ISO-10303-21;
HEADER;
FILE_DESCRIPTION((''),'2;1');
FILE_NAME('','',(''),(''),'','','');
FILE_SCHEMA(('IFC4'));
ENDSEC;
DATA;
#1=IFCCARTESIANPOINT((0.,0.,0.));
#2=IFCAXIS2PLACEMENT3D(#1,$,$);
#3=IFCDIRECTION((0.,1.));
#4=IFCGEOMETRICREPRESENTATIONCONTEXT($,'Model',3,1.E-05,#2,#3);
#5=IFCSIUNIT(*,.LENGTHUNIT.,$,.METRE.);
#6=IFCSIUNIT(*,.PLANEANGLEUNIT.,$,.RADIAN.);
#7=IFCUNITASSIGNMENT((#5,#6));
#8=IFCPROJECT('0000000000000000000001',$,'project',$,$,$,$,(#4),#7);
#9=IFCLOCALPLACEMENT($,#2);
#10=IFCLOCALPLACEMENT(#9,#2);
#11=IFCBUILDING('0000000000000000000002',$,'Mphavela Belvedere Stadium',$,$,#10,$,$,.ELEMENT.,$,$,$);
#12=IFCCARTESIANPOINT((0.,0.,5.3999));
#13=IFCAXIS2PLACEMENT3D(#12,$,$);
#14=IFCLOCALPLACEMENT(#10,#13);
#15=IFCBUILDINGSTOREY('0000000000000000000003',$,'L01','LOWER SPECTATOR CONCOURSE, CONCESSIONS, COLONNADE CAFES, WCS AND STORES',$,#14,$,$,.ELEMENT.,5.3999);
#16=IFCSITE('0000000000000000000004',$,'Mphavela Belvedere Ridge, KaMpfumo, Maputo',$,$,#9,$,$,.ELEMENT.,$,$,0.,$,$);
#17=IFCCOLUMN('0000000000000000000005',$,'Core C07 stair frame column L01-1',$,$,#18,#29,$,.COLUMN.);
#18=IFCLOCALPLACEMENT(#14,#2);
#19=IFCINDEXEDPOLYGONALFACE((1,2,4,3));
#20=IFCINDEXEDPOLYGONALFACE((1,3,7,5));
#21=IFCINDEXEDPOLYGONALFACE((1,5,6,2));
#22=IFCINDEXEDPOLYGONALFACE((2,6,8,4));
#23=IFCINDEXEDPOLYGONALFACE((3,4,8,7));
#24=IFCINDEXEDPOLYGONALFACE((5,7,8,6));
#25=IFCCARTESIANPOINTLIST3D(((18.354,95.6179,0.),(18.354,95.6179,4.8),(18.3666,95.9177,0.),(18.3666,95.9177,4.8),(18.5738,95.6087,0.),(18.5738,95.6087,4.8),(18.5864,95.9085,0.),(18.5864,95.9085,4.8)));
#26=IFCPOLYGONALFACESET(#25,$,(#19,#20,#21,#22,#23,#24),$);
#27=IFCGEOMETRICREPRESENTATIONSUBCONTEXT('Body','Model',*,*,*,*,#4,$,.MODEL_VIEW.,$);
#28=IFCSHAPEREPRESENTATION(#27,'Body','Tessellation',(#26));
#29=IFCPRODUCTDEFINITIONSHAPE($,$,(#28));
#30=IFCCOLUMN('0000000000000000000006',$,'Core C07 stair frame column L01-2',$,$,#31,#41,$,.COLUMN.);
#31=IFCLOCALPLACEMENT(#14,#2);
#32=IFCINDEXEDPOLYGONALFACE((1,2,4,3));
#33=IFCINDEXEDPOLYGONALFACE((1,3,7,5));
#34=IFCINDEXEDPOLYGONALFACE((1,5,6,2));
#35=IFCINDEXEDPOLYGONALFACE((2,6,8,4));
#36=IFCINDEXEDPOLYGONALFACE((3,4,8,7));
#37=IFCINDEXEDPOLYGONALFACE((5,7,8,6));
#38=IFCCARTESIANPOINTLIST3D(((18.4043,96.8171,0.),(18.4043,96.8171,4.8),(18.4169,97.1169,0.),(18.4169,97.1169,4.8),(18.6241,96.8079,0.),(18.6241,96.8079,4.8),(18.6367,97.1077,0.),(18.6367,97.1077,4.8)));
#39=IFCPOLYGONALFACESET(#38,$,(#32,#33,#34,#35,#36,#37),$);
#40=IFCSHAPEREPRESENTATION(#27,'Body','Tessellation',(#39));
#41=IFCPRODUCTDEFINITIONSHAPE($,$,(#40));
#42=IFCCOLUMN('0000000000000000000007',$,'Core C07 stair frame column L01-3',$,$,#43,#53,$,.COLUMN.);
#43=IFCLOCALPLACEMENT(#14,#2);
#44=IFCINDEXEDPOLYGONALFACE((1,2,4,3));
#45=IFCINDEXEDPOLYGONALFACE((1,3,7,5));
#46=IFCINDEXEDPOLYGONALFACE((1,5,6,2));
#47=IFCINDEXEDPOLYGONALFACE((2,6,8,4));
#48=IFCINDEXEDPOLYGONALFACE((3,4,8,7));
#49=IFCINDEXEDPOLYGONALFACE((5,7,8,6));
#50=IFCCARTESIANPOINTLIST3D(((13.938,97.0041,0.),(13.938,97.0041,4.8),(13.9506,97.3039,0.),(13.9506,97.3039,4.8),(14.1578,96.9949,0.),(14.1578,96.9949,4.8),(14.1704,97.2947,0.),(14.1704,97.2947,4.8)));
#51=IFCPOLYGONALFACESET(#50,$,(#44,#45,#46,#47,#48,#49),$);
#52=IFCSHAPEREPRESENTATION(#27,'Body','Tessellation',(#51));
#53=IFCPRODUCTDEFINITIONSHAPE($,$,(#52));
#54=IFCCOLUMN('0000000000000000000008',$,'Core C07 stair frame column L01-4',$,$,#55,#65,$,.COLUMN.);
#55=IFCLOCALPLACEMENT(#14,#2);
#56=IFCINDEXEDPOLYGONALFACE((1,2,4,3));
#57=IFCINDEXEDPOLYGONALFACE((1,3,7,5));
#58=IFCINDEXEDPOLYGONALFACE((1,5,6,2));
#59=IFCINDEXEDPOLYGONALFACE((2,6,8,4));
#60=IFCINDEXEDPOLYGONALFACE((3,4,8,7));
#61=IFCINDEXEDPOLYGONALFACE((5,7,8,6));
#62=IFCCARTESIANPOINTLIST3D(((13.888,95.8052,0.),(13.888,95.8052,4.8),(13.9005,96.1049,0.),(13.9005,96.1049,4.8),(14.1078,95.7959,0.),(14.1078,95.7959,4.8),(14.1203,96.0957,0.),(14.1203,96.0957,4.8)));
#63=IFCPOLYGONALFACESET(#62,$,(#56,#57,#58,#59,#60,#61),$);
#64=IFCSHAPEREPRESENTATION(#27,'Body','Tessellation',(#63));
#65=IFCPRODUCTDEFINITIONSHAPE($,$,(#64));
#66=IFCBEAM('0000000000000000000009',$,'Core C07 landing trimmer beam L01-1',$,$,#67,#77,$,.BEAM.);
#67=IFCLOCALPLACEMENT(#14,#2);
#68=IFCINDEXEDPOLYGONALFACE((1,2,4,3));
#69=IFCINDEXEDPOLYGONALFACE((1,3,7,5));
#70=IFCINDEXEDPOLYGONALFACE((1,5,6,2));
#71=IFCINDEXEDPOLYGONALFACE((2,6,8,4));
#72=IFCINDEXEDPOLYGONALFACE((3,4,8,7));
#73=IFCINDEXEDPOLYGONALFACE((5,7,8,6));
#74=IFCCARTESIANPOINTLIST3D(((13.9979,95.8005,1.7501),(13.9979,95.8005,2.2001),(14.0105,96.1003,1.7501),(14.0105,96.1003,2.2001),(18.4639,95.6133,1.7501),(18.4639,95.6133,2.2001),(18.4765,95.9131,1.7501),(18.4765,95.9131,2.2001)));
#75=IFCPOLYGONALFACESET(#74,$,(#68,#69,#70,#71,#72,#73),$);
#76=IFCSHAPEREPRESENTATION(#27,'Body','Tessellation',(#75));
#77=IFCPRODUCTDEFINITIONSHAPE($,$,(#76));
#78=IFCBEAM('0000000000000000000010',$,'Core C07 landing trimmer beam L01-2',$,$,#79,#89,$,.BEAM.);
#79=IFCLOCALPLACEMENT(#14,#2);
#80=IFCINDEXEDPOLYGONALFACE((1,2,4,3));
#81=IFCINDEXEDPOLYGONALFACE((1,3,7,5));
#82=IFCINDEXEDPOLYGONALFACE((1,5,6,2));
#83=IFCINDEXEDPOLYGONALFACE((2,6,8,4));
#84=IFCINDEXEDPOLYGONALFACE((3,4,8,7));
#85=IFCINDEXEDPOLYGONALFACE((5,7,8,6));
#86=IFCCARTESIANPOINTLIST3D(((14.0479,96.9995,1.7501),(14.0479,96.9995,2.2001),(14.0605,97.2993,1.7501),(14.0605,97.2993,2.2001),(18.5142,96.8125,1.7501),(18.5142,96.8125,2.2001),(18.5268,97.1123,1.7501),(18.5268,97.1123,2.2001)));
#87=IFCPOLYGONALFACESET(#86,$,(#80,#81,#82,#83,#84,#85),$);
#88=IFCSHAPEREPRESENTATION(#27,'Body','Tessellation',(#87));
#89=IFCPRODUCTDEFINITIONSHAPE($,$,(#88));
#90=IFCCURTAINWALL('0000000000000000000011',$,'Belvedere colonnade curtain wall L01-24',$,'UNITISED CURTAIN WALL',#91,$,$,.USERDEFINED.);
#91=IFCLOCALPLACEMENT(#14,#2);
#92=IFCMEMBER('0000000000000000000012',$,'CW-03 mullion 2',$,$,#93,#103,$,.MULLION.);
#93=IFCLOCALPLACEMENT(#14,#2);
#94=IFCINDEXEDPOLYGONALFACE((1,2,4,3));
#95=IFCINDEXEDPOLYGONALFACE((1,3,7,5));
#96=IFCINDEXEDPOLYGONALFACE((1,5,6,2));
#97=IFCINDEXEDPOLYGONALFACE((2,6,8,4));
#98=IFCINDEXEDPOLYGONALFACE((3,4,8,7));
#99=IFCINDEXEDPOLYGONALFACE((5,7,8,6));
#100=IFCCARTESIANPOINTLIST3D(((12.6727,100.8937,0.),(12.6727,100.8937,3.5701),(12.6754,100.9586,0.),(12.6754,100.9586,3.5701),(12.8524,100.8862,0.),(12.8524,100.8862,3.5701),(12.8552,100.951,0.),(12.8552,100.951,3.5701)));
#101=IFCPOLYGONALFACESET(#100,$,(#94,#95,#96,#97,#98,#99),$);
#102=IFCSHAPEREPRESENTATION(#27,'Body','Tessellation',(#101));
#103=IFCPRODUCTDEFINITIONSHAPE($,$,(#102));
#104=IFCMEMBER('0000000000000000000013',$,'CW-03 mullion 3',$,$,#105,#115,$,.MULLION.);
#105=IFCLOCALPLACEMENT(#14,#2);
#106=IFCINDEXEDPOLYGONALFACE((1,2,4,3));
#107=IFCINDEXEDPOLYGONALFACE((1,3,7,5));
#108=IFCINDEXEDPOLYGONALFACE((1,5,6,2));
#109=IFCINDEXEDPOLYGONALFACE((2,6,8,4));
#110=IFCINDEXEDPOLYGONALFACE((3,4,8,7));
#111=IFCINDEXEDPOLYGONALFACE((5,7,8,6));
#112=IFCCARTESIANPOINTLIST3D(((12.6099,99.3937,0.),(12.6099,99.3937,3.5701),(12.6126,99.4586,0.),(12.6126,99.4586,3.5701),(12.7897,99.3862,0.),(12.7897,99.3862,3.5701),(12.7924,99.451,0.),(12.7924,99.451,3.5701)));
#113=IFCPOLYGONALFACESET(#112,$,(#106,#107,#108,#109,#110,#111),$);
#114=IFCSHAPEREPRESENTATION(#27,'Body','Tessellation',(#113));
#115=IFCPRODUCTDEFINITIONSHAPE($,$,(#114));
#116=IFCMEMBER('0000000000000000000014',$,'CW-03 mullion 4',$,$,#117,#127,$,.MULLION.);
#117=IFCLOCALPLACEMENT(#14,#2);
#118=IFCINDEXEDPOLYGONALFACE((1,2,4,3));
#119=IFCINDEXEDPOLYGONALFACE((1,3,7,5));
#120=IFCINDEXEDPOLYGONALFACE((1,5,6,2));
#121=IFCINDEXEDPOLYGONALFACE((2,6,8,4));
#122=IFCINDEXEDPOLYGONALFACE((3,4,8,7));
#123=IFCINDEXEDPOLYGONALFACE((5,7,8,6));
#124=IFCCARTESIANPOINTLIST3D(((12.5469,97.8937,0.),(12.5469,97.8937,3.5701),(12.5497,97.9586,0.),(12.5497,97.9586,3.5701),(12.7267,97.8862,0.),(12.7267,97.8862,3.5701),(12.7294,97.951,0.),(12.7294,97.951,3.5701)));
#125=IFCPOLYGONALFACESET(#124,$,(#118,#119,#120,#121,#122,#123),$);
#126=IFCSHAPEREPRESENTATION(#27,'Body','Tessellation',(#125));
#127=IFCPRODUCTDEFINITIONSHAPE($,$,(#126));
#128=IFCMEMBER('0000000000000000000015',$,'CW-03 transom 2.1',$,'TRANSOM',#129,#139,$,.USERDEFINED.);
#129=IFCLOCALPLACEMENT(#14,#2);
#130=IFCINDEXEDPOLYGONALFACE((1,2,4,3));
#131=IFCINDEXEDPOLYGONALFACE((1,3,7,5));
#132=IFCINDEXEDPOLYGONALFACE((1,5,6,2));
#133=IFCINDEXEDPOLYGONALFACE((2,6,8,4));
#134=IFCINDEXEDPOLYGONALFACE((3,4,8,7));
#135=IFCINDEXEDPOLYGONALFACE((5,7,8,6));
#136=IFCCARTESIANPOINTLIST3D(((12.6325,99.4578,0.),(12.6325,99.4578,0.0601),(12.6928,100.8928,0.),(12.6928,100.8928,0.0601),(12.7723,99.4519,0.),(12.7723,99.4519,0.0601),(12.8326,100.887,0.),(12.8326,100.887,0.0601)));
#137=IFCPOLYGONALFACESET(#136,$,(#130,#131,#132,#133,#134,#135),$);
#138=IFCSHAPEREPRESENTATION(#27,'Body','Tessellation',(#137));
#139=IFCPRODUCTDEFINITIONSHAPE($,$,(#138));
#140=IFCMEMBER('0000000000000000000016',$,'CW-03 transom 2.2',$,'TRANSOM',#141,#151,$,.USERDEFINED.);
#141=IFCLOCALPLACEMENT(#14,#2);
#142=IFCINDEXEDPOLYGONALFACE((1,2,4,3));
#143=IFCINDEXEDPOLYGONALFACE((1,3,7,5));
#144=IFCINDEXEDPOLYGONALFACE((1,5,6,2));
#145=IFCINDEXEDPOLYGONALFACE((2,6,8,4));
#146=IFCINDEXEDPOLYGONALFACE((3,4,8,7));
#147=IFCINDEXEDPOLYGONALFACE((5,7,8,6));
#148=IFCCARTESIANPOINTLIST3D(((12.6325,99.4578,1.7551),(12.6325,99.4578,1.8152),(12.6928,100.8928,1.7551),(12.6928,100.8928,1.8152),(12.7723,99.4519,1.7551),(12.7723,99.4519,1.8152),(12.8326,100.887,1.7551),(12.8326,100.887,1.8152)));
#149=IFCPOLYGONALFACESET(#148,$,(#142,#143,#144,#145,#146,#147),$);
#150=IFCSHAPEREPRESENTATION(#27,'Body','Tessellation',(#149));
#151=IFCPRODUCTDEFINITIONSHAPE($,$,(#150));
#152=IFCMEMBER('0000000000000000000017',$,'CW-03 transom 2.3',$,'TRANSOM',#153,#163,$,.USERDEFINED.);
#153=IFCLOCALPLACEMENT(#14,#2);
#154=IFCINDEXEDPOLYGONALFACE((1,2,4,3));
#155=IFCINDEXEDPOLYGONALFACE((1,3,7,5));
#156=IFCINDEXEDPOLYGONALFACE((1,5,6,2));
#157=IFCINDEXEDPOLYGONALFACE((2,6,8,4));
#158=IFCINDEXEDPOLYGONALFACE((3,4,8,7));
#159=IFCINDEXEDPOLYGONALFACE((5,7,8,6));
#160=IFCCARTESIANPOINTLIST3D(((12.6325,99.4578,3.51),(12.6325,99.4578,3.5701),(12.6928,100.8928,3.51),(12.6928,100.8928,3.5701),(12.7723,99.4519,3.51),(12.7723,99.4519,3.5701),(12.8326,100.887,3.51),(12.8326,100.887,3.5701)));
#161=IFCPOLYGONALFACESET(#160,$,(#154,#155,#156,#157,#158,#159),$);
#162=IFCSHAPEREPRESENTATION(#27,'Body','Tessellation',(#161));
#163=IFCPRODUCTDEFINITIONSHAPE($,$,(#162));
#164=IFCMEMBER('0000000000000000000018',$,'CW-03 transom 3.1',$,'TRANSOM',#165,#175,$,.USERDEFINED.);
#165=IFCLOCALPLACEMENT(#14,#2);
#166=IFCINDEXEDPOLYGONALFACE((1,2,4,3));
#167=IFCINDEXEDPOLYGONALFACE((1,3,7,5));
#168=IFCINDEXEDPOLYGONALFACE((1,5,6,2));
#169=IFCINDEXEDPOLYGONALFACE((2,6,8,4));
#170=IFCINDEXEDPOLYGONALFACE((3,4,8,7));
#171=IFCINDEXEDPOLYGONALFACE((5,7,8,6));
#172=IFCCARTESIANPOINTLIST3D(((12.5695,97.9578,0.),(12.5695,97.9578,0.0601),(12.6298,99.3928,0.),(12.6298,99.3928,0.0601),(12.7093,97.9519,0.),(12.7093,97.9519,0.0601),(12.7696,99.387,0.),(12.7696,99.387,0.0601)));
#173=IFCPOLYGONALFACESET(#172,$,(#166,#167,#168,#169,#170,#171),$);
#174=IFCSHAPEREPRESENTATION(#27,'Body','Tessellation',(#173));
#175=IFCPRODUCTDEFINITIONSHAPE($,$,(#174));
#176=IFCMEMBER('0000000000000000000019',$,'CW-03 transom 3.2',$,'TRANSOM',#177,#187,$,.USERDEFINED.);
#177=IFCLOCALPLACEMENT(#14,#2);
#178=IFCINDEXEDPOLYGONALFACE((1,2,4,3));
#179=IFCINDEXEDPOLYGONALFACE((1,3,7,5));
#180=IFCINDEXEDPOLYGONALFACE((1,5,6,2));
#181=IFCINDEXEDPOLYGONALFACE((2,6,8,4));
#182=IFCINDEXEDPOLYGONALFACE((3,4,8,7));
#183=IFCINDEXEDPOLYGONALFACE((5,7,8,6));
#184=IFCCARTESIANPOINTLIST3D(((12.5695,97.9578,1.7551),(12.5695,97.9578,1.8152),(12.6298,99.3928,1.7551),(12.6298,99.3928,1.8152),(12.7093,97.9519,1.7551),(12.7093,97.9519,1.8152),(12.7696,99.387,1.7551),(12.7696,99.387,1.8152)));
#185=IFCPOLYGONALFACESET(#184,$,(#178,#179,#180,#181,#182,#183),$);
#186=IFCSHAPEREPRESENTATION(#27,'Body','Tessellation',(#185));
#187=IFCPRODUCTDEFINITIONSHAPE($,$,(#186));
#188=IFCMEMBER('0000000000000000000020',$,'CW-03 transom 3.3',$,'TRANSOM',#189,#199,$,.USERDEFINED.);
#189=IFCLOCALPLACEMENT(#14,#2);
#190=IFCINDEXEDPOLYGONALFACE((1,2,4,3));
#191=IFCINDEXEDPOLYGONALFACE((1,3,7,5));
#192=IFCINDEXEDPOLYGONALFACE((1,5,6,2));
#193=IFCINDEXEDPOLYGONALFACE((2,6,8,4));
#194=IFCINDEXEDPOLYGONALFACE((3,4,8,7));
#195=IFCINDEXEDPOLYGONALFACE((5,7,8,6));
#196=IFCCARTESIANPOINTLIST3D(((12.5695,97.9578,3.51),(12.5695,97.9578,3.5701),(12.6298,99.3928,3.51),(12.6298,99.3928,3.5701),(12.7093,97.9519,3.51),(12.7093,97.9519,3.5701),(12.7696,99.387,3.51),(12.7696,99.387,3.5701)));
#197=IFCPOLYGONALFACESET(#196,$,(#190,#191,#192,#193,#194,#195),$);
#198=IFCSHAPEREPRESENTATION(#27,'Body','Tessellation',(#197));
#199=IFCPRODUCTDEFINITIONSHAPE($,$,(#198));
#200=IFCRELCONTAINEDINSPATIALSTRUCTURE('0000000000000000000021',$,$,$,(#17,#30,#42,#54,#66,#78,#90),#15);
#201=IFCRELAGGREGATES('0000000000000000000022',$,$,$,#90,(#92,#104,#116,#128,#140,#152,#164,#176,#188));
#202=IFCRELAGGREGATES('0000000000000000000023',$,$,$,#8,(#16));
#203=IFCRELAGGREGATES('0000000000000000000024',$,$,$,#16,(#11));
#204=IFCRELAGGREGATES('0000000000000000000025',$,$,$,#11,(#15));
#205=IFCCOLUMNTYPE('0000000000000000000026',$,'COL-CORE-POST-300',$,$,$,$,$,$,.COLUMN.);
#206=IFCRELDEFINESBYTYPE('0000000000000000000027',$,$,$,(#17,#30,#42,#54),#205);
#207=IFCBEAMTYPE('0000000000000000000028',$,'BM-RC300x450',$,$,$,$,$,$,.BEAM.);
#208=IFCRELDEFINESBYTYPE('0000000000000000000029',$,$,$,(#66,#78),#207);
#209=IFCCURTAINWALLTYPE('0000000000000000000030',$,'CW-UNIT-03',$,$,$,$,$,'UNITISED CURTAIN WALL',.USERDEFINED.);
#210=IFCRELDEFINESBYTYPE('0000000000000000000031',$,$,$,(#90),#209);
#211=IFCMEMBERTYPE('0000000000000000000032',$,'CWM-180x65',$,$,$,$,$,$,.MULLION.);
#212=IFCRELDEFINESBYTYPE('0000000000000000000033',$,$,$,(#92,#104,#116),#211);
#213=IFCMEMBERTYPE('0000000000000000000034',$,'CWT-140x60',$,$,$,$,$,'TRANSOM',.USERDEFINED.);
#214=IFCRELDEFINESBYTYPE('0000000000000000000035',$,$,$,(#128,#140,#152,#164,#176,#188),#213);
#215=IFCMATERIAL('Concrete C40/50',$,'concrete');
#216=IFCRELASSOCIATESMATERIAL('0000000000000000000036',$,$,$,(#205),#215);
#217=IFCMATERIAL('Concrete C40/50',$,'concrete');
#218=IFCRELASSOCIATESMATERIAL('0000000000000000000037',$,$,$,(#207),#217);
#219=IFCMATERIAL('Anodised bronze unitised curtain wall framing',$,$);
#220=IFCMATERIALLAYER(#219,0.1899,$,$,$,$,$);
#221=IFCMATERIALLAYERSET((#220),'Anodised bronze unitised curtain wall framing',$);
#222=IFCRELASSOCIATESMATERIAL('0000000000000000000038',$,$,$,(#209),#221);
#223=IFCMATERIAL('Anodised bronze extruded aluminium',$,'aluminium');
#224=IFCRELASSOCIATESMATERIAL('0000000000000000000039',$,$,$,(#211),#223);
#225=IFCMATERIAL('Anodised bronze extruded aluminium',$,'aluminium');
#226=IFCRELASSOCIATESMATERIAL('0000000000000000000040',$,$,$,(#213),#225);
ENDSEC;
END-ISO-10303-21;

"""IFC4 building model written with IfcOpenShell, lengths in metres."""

from ifc_helpers import new_model, si_unit, direction, frame, origin, origin_2d, place, context, subcontext, project, spatial, rectangle, extrude, material, layer, layer_set, material_profile, profile_set, type_object, element, aggregate, save


model = new_model("IFC4")

# Units and contexts
model_context = context("Model", 3, precision=1e-05, world=origin(), true_north=direction((0.0, 1.0)))
body_context = subcontext(model_context, "Body", "Model", "MODEL_VIEW")
ifc_project = project(units=[si_unit("LENGTHUNIT", "METRE"), si_unit("PLANEANGLEUNIT", "RADIAN")], contexts=[model_context])

# Site, building, storey
site_placement = place(None, origin())
site = spatial("IfcSite", under=ifc_project, at=site_placement, Name="Mphavela Belvedere Ridge, KaMpfumo, Maputo", CompositionType="ELEMENT", RefElevation=0.0)
building_placement = place(site_placement, origin())
building = spatial("IfcBuilding", under=site, at=building_placement, Name="Mphavela Belvedere Stadium", CompositionType="ELEMENT")
storey_placement = place(building_placement, frame((0.0, 0.0, 5.3999)))
storey = spatial("IfcBuildingStorey", under=building, at=storey_placement, Name="L01", Description="LOWER SPECTATOR CONCOURSE, CONCESSIONS, COLONNADE CAFES, WCS AND STORES", CompositionType="ELEMENT", Elevation=5.3999)

# Columns
ifc_material_1 = material(Name="Concrete C40/50", Category="concrete")
ifc_material_profile_1 = material_profile(ifc_material_1, rectangle(XDim=0.3, YDim=0.22, at=origin_2d()), Name="RC 300x220")
ifc_profile_set_1 = profile_set([ifc_material_profile_1], Name="Concrete C40/50")
column_type = type_object("IfcColumnType", Name="COL-CORE-POST-300", PredefinedType="COLUMN", material=ifc_profile_set_1)
for number, where, z_axis, x_axis, name in (
    (1, (18.4702, 95.7632, 0.0), (0.0, 0.0, 1.0), (0.041876, 0.999123, 0.0), "Core C07 stair frame column L01-1"),
    (2, (18.5205, 96.9624, 0.0), (0.0, 0.0, 1.0), (0.041876, 0.999123, 0.0), "Core C07 stair frame column L01-2"),
    (3, (14.0542, 97.1494, 0.0), (0.0, 0.0, 1.0), (0.041876, 0.999123, 0.0), "Core C07 stair frame column L01-3"),
    (4, (14.0042, 95.9504, 0.0), (0.0, 0.0, 1.0), (0.041876, 0.999123, 0.0), "Core C07 stair frame column L01-4"),
):
    element("IfcColumn", number, at=place(storey_placement, frame(where, z_axis=z_axis, x_axis=x_axis)), inside=storey, type_object=column_type, Name=name, PredefinedType="COLUMN", context=body_context, shape_type="SweptSolid", body=[
        extrude(rectangle(XDim=0.3, YDim=0.22, at=origin_2d()), origin(), (0.0, 0.0, 1.0), 4.8),
    ])

# Beams
ifc_material_2 = material(Name="Concrete C40/50", Category="concrete")
ifc_material_profile_2 = material_profile(ifc_material_2, rectangle(XDim=0.3, YDim=0.45, at=origin_2d()), Name="RC 300x450")
ifc_profile_set_2 = profile_set([ifc_material_profile_2], Name="Concrete C40/50")
beam_type = type_object("IfcBeamType", Name="BM-RC300x450", PredefinedType="BEAM", material=ifc_profile_set_2)
beam_1_placement = place(storey_placement, frame((18.4702, 95.7632, 1.9751), z_axis=(-0.999122, 0.041892, 0.0), x_axis=(-0.041892, -0.999122, 0.0)))
element("IfcBeam", 5, at=beam_1_placement, inside=storey, type_object=beam_type, Name="Core C07 landing trimmer beam L01-1", PredefinedType="BEAM", context=body_context, shape_type="SweptSolid", body=[
    extrude(rectangle(XDim=0.3, YDim=0.45, at=origin_2d()), origin(), (0.0, 0.0, 1.0), 4.47),
])
beam_2_placement = place(storey_placement, frame((18.5205, 96.9624, 1.9751), z_axis=(-0.999125, 0.041835, 0.0), x_axis=(-0.041835, -0.999125, 0.0)))
element("IfcBeam", 6, at=beam_2_placement, inside=storey, type_object=beam_type, Name="Core C07 landing trimmer beam L01-2", PredefinedType="BEAM", context=body_context, shape_type="SweptSolid", body=[
    extrude(rectangle(XDim=0.3, YDim=0.45, at=origin_2d()), origin(), (0.0, 0.0, 1.0), 4.4702),
])

# Curtain wall, members
ifc_material_3 = material(Name="Anodised bronze unitised curtain wall framing")
ifc_layer_1 = layer(ifc_material_3, 0.1899)
ifc_layer_set_1 = layer_set([ifc_layer_1], Name="Anodised bronze unitised curtain wall framing")
curtain_wall_type = type_object("IfcCurtainWallType", Name="CW-UNIT-03", ElementType="UNITISED CURTAIN WALL", PredefinedType="USERDEFINED", material=ifc_layer_set_1)
curtain_wall_placement = place(storey_placement, origin())
curtain_wall = element("IfcCurtainWall", 7, at=curtain_wall_placement, inside=storey, type_object=curtain_wall_type, Name="Belvedere colonnade curtain wall L01-24", ObjectType="UNITISED CURTAIN WALL", PredefinedType="USERDEFINED")
ifc_material_4 = material(Name="Anodised bronze extruded aluminium", Category="aluminium")
ifc_material_profile_3 = material_profile(ifc_material_4, rectangle(XDim=0.1799, YDim=0.0649, at=origin_2d()), Name="CW-MUL 180x65")
ifc_profile_set_3 = profile_set([ifc_material_profile_3], Name="Anodised bronze extruded aluminium")
member_type_1 = type_object("IfcMemberType", Name="CWM-180x65", PredefinedType="MULLION", material=ifc_profile_set_3)
member_1_placement = place(storey_placement, frame((12.7639, 100.9224, 0.0), z_axis=(0.0, 0.0, 1.0), x_axis=(0.999121, -0.04191, 0.0)))
member_1 = element("IfcMember", 8, at=member_1_placement, type_object=member_type_1, Name="CW-03 mullion 2", PredefinedType="MULLION", context=body_context, shape_type="SweptSolid", body=[
    extrude(rectangle(XDim=0.1799, YDim=0.0649, at=origin_2d()), origin(), (0.0, 0.0, 1.0), 3.5701),
])
member_2_placement = place(storey_placement, frame((12.7012, 99.4224, 0.0), z_axis=(0.0, 0.0, 1.0), x_axis=(0.999121, -0.04191, 0.0)))
member_2 = element("IfcMember", 9, at=member_2_placement, type_object=member_type_1, Name="CW-03 mullion 3", PredefinedType="MULLION", context=body_context, shape_type="SweptSolid", body=[
    extrude(rectangle(XDim=0.1799, YDim=0.0649, at=origin_2d()), origin(), (0.0, 0.0, 1.0), 3.5701),
])
member_3_placement = place(storey_placement, frame((12.6382, 97.9224, 0.0), z_axis=(0.0, 0.0, 1.0), x_axis=(0.999121, -0.04191, 0.0)))
member_3 = element("IfcMember", 10, at=member_3_placement, type_object=member_type_1, Name="CW-03 mullion 4", PredefinedType="MULLION", context=body_context, shape_type="SweptSolid", body=[
    extrude(rectangle(XDim=0.1799, YDim=0.0649, at=origin_2d()), origin(), (0.0, 0.0, 1.0), 3.5701),
])
ifc_material_5 = material(Name="Anodised bronze extruded aluminium", Category="aluminium")
ifc_material_profile_4 = material_profile(ifc_material_5, rectangle(XDim=0.1399, YDim=0.0601, at=origin_2d()), Name="CW-TRN 140x60")
ifc_profile_set_4 = profile_set([ifc_material_profile_4], Name="Anodised bronze extruded aluminium")
member_type_2 = type_object("IfcMemberType", Name="CWT-140x60", ElementType="TRANSOM", PredefinedType="USERDEFINED", material=ifc_profile_set_4)
member_4_placement = place(storey_placement, frame((12.7627, 100.8899, 0.03), z_axis=(-0.041984, -0.999118, 0.0), x_axis=(0.999118, -0.041984, 0.0)))
member_4 = element("IfcMember", 11, at=member_4_placement, type_object=member_type_2, Name="CW-03 transom 2.1", ObjectType="TRANSOM", PredefinedType="USERDEFINED", context=body_context, shape_type="SweptSolid", body=[
    extrude(rectangle(XDim=0.1399, YDim=0.0601, at=origin_2d()), origin(), (0.0, 0.0, 1.0), 1.4363),
])
member_5_placement = place(storey_placement, frame((12.7627, 100.8899, 1.7852), z_axis=(-0.041984, -0.999118, 0.0), x_axis=(0.999118, -0.041984, 0.0)))
member_5 = element("IfcMember", 12, at=member_5_placement, type_object=member_type_2, Name="CW-03 transom 2.2", ObjectType="TRANSOM", PredefinedType="USERDEFINED", context=body_context, shape_type="SweptSolid", body=[
    extrude(rectangle(XDim=0.1399, YDim=0.0601, at=origin_2d()), origin(), (0.0, 0.0, 1.0), 1.4363),
])
member_6_placement = place(storey_placement, frame((12.7627, 100.8899, 3.54), z_axis=(-0.041984, -0.999118, 0.0), x_axis=(0.999118, -0.041984, 0.0)))
member_6 = element("IfcMember", 13, at=member_6_placement, type_object=member_type_2, Name="CW-03 transom 2.3", ObjectType="TRANSOM", PredefinedType="USERDEFINED", context=body_context, shape_type="SweptSolid", body=[
    extrude(rectangle(XDim=0.1399, YDim=0.0601, at=origin_2d()), origin(), (0.0, 0.0, 1.0), 1.4363),
])
member_7_placement = place(storey_placement, frame((12.6997, 99.3899, 0.03), z_axis=(-0.041984, -0.999118, 0.0), x_axis=(0.999118, -0.041984, 0.0)))
member_7 = element("IfcMember", 14, at=member_7_placement, type_object=member_type_2, Name="CW-03 transom 3.1", ObjectType="TRANSOM", PredefinedType="USERDEFINED", context=body_context, shape_type="SweptSolid", body=[
    extrude(rectangle(XDim=0.1399, YDim=0.0601, at=origin_2d()), origin(), (0.0, 0.0, 1.0), 1.4363),
])
member_8_placement = place(storey_placement, frame((12.6997, 99.3899, 1.7852), z_axis=(-0.041984, -0.999118, 0.0), x_axis=(0.999118, -0.041984, 0.0)))
member_8 = element("IfcMember", 15, at=member_8_placement, type_object=member_type_2, Name="CW-03 transom 3.2", ObjectType="TRANSOM", PredefinedType="USERDEFINED", context=body_context, shape_type="SweptSolid", body=[
    extrude(rectangle(XDim=0.1399, YDim=0.0601, at=origin_2d()), origin(), (0.0, 0.0, 1.0), 1.4363),
])
member_9_placement = place(storey_placement, frame((12.6997, 99.3899, 3.54), z_axis=(-0.041984, -0.999118, 0.0), x_axis=(0.999118, -0.041984, 0.0)))
member_9 = element("IfcMember", 16, at=member_9_placement, type_object=member_type_2, Name="CW-03 transom 3.3", ObjectType="TRANSOM", PredefinedType="USERDEFINED", context=body_context, shape_type="SweptSolid", body=[
    extrude(rectangle(XDim=0.1399, YDim=0.0601, at=origin_2d()), origin(), (0.0, 0.0, 1.0), 1.4363),
])
aggregate(curtain_wall, [member_1, member_2, member_3, member_4, member_5, member_6, member_7, member_8, member_9])

save(model, "model.ifc")
